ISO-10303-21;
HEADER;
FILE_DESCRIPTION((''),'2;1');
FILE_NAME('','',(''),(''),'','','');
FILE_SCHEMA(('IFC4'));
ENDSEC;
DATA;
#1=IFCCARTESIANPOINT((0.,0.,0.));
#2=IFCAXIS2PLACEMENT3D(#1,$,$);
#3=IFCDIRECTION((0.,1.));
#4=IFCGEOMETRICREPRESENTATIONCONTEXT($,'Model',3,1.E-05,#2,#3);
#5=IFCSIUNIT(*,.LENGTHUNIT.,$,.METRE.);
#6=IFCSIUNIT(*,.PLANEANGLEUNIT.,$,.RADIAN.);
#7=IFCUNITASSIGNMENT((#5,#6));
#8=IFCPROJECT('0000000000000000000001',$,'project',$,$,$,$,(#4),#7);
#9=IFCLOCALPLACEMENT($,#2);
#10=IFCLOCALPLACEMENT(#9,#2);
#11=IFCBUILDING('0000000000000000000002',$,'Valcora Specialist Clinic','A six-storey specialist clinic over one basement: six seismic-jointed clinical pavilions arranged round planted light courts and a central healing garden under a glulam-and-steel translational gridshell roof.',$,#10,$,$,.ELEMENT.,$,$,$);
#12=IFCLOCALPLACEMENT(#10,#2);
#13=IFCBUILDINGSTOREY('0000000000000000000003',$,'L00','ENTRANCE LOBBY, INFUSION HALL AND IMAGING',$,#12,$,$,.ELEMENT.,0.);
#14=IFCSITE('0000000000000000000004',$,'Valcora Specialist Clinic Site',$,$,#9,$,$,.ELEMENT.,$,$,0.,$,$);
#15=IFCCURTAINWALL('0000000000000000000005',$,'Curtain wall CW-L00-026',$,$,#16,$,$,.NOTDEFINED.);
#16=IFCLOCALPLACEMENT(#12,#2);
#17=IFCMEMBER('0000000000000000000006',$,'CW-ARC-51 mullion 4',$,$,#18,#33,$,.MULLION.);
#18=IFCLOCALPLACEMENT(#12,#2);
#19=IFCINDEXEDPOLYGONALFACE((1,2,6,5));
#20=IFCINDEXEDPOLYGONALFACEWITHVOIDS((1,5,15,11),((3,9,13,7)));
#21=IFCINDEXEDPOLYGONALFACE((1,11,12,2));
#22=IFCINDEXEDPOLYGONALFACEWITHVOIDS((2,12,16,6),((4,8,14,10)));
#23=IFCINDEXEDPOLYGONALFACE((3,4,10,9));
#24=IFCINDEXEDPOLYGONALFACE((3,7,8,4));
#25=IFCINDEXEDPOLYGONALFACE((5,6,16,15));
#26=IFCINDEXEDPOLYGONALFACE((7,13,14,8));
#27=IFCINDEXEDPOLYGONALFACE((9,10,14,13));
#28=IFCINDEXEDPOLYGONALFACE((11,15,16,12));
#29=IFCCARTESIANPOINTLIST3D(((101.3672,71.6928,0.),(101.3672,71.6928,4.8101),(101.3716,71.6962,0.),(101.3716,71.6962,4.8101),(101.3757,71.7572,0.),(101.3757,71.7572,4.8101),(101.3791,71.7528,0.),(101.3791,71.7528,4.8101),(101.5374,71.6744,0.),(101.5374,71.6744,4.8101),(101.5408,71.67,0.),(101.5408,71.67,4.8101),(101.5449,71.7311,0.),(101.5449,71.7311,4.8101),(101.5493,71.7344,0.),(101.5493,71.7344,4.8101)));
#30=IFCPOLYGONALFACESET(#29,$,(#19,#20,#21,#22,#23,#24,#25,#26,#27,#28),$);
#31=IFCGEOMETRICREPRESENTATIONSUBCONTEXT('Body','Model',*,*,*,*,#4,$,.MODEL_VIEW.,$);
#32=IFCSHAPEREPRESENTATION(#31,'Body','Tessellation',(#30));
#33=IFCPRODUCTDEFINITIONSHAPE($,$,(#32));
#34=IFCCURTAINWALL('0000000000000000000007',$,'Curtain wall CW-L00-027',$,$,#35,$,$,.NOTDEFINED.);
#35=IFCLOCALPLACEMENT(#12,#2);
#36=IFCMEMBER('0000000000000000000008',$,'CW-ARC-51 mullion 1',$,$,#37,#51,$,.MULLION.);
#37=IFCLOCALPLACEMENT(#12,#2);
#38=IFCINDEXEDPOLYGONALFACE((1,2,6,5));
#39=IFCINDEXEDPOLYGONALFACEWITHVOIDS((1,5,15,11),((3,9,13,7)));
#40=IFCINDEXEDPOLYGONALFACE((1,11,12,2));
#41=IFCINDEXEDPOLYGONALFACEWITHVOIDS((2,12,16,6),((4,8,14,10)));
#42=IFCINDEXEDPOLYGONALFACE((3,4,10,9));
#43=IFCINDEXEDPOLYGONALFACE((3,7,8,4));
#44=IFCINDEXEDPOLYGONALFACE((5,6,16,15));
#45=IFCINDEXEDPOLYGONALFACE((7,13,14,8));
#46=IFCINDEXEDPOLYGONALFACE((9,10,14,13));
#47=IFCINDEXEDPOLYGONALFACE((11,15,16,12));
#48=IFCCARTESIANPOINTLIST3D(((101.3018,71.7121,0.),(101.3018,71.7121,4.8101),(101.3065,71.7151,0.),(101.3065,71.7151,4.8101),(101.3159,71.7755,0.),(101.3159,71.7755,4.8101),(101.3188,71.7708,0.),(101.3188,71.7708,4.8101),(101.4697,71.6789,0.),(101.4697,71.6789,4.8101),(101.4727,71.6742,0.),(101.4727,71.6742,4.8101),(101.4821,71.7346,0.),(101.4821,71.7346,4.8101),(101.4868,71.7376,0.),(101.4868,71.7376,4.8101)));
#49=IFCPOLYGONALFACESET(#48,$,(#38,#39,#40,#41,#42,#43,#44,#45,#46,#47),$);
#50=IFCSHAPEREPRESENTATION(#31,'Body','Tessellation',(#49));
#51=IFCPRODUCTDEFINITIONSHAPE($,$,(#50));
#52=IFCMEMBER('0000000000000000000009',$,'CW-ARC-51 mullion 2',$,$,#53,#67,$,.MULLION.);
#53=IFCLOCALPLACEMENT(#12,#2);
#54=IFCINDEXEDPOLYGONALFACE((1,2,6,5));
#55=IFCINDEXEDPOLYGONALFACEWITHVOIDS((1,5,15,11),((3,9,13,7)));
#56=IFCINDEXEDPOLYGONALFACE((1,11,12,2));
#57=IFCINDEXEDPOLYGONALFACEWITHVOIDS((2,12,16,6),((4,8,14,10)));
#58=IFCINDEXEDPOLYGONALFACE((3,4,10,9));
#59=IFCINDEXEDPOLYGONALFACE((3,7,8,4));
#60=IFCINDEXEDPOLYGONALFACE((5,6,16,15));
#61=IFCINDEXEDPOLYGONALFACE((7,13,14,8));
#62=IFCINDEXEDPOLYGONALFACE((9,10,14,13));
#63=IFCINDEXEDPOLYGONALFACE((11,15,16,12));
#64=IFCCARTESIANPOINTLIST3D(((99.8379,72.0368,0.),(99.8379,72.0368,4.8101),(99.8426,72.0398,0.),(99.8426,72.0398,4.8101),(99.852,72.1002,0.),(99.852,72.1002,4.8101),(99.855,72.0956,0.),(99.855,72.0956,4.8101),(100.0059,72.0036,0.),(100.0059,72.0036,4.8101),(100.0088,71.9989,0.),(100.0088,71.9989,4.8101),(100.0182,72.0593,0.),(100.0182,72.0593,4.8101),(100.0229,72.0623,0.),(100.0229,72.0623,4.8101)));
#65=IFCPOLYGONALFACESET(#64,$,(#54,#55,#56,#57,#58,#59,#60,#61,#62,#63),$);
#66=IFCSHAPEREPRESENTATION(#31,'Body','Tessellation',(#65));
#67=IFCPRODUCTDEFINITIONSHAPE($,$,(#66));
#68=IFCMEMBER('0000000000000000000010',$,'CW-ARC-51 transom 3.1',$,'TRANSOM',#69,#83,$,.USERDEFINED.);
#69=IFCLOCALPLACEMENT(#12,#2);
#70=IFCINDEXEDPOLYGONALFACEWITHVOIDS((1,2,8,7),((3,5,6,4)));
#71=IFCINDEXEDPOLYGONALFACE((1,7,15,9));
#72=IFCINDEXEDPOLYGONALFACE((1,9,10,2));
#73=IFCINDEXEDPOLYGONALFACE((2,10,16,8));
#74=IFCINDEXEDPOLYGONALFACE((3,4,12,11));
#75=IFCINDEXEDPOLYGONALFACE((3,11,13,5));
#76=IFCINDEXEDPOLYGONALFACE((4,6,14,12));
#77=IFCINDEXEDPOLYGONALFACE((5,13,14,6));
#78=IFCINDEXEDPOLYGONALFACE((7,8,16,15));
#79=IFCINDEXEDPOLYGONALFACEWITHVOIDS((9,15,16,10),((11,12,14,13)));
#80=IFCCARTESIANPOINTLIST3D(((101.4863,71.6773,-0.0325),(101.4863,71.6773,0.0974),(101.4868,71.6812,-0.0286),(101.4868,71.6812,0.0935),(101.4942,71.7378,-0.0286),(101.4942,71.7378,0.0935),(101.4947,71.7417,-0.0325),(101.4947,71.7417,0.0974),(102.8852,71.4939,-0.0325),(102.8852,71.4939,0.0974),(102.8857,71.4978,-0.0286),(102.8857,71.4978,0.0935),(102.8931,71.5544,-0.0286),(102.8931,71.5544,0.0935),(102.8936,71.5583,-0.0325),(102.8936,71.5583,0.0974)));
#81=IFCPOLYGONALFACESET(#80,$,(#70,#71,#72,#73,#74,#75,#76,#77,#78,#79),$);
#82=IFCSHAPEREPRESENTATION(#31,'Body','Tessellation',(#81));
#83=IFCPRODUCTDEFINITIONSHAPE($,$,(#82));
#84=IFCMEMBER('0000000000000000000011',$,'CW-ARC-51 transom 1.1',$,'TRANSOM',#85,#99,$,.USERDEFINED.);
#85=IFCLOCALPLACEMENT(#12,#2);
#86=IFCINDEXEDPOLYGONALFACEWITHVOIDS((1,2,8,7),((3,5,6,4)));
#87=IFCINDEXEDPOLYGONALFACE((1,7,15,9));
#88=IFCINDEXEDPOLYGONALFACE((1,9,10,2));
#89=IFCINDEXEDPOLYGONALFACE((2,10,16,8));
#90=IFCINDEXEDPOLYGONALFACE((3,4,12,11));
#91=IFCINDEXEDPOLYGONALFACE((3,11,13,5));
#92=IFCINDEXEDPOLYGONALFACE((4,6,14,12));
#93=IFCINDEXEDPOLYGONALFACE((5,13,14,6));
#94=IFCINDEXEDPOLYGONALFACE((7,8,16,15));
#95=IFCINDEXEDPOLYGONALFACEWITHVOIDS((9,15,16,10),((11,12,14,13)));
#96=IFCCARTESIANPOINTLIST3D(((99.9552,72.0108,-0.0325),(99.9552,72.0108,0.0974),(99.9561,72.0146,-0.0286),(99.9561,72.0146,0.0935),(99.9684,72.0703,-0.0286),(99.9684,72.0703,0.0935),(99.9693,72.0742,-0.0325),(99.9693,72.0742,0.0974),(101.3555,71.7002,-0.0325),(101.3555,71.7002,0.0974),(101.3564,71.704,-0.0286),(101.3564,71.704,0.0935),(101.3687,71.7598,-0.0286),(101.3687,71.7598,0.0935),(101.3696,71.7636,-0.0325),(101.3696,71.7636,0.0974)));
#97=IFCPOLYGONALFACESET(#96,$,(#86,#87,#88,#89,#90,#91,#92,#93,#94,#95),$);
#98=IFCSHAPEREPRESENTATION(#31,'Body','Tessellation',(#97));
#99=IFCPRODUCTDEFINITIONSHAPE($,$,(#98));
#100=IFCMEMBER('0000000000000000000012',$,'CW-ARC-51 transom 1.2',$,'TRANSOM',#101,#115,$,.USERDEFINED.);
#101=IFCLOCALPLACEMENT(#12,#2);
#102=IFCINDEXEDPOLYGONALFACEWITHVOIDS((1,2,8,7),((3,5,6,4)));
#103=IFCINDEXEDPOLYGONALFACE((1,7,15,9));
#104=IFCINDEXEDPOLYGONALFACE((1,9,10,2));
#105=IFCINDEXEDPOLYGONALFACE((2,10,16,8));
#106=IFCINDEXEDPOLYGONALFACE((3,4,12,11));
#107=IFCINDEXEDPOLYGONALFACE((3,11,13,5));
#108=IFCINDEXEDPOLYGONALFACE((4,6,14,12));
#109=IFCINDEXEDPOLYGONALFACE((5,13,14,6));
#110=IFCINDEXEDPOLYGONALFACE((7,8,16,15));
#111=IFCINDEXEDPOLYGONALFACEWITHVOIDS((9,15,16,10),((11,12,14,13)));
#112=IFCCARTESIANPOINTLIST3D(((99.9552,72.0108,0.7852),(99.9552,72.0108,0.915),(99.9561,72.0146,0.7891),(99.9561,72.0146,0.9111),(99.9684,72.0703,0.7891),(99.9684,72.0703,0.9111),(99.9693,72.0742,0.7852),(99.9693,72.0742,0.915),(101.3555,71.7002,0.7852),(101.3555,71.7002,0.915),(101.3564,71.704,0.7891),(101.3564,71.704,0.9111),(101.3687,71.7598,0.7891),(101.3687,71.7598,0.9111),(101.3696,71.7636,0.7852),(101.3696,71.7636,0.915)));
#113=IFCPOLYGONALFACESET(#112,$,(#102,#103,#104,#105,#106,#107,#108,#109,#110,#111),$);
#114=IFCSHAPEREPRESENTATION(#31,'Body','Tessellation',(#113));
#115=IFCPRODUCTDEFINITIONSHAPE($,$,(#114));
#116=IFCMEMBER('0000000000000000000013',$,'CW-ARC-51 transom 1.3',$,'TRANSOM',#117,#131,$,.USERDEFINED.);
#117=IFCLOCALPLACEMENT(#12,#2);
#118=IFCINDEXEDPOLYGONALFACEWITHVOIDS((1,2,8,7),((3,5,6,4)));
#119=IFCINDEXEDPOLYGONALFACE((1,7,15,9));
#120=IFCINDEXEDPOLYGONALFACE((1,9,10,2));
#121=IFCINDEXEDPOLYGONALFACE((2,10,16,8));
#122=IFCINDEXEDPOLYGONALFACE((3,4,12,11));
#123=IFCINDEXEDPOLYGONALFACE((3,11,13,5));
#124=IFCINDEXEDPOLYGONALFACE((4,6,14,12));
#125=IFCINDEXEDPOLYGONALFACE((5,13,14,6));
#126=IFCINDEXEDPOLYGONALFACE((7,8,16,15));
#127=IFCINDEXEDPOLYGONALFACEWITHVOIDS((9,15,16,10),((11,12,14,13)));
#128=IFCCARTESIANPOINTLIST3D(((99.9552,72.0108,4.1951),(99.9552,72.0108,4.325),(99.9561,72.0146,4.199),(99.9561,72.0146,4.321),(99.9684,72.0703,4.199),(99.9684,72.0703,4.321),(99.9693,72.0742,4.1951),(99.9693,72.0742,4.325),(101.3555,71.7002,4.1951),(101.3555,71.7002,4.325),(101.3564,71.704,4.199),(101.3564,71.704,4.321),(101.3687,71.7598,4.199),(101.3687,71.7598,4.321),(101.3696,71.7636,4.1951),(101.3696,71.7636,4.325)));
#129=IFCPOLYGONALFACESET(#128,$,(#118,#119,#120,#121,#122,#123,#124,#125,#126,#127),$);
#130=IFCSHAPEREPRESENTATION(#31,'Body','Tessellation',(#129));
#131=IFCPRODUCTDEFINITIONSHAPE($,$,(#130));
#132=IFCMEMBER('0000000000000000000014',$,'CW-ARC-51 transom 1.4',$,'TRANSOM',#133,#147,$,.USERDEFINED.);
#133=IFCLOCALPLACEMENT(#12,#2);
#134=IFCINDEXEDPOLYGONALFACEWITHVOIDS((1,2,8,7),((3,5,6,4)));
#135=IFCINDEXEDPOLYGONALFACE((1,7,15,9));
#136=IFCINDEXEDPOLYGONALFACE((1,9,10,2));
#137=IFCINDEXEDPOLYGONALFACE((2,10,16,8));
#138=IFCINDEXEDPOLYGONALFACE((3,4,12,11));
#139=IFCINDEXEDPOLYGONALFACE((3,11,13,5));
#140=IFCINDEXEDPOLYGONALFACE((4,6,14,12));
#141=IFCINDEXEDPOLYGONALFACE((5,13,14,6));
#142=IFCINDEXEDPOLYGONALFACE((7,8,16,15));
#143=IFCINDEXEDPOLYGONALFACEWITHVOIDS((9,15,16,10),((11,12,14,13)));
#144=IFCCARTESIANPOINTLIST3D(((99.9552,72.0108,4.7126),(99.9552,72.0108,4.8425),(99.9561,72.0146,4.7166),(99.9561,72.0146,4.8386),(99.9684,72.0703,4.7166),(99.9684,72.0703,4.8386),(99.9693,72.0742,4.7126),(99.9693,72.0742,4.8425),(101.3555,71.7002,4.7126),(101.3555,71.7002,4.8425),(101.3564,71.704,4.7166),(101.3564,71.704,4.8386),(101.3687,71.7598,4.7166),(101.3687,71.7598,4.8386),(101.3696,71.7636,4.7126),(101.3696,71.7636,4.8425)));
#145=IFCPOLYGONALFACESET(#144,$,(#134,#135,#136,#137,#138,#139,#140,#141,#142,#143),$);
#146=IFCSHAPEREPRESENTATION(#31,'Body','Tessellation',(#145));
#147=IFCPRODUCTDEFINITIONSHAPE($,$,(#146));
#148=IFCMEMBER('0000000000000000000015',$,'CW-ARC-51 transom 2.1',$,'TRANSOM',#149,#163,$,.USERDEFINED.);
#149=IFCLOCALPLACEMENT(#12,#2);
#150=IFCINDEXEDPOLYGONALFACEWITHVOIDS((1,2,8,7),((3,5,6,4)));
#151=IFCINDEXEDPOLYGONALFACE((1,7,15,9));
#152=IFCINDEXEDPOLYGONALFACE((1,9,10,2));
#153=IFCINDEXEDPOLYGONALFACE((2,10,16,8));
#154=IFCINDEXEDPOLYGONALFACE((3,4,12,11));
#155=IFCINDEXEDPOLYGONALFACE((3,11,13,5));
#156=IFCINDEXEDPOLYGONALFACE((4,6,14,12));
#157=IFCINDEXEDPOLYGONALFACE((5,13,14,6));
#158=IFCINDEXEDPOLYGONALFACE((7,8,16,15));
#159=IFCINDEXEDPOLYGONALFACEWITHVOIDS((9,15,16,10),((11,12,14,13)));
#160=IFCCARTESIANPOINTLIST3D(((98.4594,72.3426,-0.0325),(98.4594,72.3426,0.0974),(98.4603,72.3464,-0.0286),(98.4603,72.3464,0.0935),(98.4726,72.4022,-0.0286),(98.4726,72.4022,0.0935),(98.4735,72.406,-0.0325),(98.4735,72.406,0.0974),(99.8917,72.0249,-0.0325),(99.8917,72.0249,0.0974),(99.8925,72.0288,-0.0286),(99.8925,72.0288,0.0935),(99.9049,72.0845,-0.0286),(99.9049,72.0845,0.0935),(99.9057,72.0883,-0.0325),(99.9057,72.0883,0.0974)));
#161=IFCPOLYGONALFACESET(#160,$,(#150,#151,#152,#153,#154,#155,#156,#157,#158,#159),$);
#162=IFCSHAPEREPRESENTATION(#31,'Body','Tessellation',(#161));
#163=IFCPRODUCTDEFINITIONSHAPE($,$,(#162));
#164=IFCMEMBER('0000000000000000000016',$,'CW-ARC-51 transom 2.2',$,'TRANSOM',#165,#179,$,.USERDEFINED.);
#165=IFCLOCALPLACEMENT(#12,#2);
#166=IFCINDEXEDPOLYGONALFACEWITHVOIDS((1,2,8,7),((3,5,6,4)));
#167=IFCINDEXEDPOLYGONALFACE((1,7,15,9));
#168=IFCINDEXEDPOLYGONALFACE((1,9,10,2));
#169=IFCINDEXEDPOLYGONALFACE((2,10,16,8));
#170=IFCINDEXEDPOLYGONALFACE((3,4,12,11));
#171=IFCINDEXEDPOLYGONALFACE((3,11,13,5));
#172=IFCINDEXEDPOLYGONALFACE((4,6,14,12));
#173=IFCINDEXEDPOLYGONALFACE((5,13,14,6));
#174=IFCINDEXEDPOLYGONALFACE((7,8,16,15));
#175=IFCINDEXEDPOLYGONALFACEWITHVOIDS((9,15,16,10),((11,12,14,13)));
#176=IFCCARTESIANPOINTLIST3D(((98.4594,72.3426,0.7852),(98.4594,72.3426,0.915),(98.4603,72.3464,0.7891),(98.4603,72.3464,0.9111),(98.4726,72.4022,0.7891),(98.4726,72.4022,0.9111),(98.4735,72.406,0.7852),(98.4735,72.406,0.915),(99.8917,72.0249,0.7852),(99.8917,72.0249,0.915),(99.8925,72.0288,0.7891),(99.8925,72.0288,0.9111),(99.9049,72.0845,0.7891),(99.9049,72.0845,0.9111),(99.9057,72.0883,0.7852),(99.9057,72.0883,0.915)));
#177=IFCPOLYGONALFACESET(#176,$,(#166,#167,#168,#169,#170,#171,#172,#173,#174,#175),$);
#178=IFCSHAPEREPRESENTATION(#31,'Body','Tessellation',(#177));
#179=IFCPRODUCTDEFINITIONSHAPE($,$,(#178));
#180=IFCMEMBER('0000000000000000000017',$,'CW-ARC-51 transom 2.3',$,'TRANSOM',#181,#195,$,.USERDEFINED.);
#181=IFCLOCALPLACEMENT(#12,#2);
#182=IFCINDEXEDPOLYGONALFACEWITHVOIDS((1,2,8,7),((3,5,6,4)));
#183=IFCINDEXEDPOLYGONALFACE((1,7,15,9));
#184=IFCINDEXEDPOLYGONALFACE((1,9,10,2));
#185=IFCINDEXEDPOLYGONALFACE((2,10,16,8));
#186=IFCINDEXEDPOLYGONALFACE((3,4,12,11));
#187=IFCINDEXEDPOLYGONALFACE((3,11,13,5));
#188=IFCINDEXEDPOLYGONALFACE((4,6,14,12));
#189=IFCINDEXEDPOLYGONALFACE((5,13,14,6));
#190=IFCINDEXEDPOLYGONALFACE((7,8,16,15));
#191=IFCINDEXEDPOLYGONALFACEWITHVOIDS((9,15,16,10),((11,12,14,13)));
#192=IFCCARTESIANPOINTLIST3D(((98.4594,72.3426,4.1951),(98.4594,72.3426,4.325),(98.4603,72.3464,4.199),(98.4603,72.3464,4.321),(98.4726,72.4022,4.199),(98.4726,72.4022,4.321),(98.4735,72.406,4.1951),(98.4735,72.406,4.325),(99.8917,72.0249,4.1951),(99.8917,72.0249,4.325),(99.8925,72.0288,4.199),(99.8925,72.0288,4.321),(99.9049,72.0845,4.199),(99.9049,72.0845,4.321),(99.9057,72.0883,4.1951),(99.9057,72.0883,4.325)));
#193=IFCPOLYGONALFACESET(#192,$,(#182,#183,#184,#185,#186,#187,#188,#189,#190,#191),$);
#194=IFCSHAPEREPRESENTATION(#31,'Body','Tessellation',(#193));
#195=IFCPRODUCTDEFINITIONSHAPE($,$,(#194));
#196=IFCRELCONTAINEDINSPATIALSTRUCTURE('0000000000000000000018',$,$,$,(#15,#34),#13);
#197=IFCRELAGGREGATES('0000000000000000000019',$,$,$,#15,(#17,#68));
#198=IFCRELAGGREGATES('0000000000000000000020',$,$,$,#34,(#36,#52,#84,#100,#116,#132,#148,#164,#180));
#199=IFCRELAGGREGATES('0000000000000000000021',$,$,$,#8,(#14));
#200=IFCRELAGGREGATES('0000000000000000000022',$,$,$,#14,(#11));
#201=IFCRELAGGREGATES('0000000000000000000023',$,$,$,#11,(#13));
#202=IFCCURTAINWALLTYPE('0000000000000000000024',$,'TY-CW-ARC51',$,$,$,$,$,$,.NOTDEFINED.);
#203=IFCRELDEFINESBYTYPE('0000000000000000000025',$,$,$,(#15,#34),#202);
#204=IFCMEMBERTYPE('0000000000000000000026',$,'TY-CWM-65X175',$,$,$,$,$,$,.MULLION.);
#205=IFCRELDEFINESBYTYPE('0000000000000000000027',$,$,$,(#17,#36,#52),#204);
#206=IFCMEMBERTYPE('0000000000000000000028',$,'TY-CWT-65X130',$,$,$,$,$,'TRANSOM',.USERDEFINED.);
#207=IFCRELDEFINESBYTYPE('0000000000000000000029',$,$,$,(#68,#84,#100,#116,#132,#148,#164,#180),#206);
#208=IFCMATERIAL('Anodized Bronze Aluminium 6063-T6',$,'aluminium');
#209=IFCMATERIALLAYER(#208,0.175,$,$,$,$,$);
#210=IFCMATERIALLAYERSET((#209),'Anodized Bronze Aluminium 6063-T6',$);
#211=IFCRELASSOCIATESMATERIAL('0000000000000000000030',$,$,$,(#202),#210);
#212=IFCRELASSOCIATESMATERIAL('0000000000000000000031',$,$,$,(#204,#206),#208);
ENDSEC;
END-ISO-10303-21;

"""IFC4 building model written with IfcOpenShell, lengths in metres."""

from ifc_helpers import new_model, si_unit, direction, frame, origin, origin_2d, place, context, subcontext, project, spatial, hollow_rectangle, extrude, material, layer, layer_set, material_profile, profile_set, type_object, element, aggregate, save


model = new_model("IFC4")

# Units and contexts
model_context = context("Model", 3, precision=1e-05, world=origin(), true_north=direction((0.0, 1.0)))
body_context = subcontext(model_context, "Body", "Model", "MODEL_VIEW")
ifc_project = project(units=[si_unit("LENGTHUNIT", "METRE"), si_unit("PLANEANGLEUNIT", "RADIAN")], contexts=[model_context])

# Site, building, storey
site_placement = place(None, origin())
site = spatial("IfcSite", under=ifc_project, at=site_placement, Name="Valcora Specialist Clinic Site", CompositionType="ELEMENT", RefElevation=0.0)
building_placement = place(site_placement, origin())
building = spatial("IfcBuilding", under=site, at=building_placement, Name="Valcora Specialist Clinic", Description="A six-storey specialist clinic over one basement: six seismic-jointed clinical pavilions arranged round planted light courts and a central healing garden under a glulam-and-steel translational gridshell roof.", CompositionType="ELEMENT")
storey_placement = place(building_placement, origin())
storey = spatial("IfcBuildingStorey", under=building, at=storey_placement, Name="L00", Description="ENTRANCE LOBBY, INFUSION HALL AND IMAGING", CompositionType="ELEMENT", Elevation=0.0)

# Curtain wall, member
ifc_material_1 = material(Name="Anodized Bronze Aluminium 6063-T6", Category="aluminium")
ifc_layer_1 = layer(ifc_material_1, 0.175)
ifc_layer_set_1 = layer_set([ifc_layer_1], Name="Anodized Bronze Aluminium 6063-T6")
curtain_wall_type = type_object("IfcCurtainWallType", Name="TY-CW-ARC51", PredefinedType="NOTDEFINED", material=ifc_layer_set_1)
curtain_wall_1_placement = place(storey_placement, origin())
curtain_wall_1 = element("IfcCurtainWall", 1, at=curtain_wall_1_placement, inside=storey, type_object=curtain_wall_type, Name="Curtain wall CW-L00-026", PredefinedType="NOTDEFINED")
ifc_material_profile_1 = material_profile(ifc_material_1, hollow_rectangle(XDim=0.0649, YDim=0.175, WallThickness=0.0039, at=origin_2d()), Name="AL-MUL-65X175")
ifc_profile_set_1 = profile_set([ifc_material_profile_1], Name="Anodized Bronze Aluminium 6063-T6")
member_type_1 = type_object("IfcMemberType", Name="TY-CWM-65X175", PredefinedType="MULLION", material=ifc_profile_set_1)
member_1_placement = place(storey_placement, frame((101.4583, 71.7136, 0.0), z_axis=(0.0, 0.0, 1.0), x_axis=(-0.129999, -0.991514, 0.0)))
member_1 = element("IfcMember", 2, at=member_1_placement, type_object=member_type_1, Name="CW-ARC-51 mullion 4", PredefinedType="MULLION", context=body_context, shape_type="SweptSolid", body=[
    extrude(hollow_rectangle(XDim=0.0649, YDim=0.175, WallThickness=0.0039, at=origin_2d()), origin(), (0.0, 0.0, 1.0), 4.8101),
])

# Curtain wall, members
curtain_wall_2_placement = place(storey_placement, origin())
curtain_wall_2 = element("IfcCurtainWall", 3, at=curtain_wall_2_placement, inside=storey, type_object=curtain_wall_type, Name="Curtain wall CW-L00-027", PredefinedType="NOTDEFINED")
member_2_placement = place(storey_placement, frame((101.3943, 71.7249, 0.0), z_axis=(0.0, 0.0, 1.0), x_axis=(-0.216518, -0.976279, 0.0)))
member_2 = element("IfcMember", 4, at=member_2_placement, type_object=member_type_1, Name="CW-ARC-51 mullion 1", PredefinedType="MULLION", context=body_context, shape_type="SweptSolid", body=[
    extrude(hollow_rectangle(XDim=0.0649, YDim=0.175, WallThickness=0.0039, at=origin_2d()), origin(), (0.0, 0.0, 1.0), 4.8101),
])
member_3_placement = place(storey_placement, frame((99.9304, 72.0496, 0.0), z_axis=(0.0, 0.0, 1.0), x_axis=(-0.216518, -0.976279, 0.0)))
member_3 = element("IfcMember", 5, at=member_3_placement, type_object=member_type_1, Name="CW-ARC-51 mullion 2", PredefinedType="MULLION", context=body_context, shape_type="SweptSolid", body=[
    extrude(hollow_rectangle(XDim=0.0649, YDim=0.175, WallThickness=0.0039, at=origin_2d()), origin(), (0.0, 0.0, 1.0), 4.8101),
])

# Members
ifc_material_profile_2 = material_profile(ifc_material_1, hollow_rectangle(XDim=0.0649, YDim=0.1299, WallThickness=0.0039, at=origin_2d()), Name="AL-TRN-65X130")
ifc_profile_set_2 = profile_set([ifc_material_profile_2], Name="Anodized Bronze Aluminium 6063-T6")
member_type_2 = type_object("IfcMemberType", Name="TY-CWT-65X130", ElementType="TRANSOM", PredefinedType="USERDEFINED", material=ifc_profile_set_2)
member_4_placement = place(storey_placement, frame((102.8894, 71.5261, 0.0325), z_axis=(-0.99152, 0.129953, 0.0), x_axis=(-0.129953, -0.99152, 0.0)))
member_4 = element("IfcMember", 6, at=member_4_placement, type_object=member_type_2, Name="CW-ARC-51 transom 3.1", ObjectType="TRANSOM", PredefinedType="USERDEFINED", context=body_context, shape_type="SweptSolid", body=[
    extrude(hollow_rectangle(XDim=0.0649, YDim=0.1299, WallThickness=0.0039, at=origin_2d()), origin(), (0.0, 0.0, 1.0), 1.4109),
])
member_5_placement = place(storey_placement, frame((101.3625, 71.7319, 0.0325), z_axis=(-0.976283, 0.216498, 0.0), x_axis=(-0.216498, -0.976283, 0.0)))
member_5 = element("IfcMember", 7, at=member_5_placement, type_object=member_type_2, Name="CW-ARC-51 transom 1.1", ObjectType="TRANSOM", PredefinedType="USERDEFINED", context=body_context, shape_type="SweptSolid", body=[
    extrude(hollow_rectangle(XDim=0.0649, YDim=0.1299, WallThickness=0.0039, at=origin_2d()), origin(), (0.0, 0.0, 1.0), 1.4343),
])
member_6_placement = place(storey_placement, frame((101.3625, 71.7319, 0.8501), z_axis=(-0.976283, 0.216498, 0.0), x_axis=(-0.216498, -0.976283, 0.0)))
member_6 = element("IfcMember", 8, at=member_6_placement, type_object=member_type_2, Name="CW-ARC-51 transom 1.2", ObjectType="TRANSOM", PredefinedType="USERDEFINED", context=body_context, shape_type="SweptSolid", body=[
    extrude(hollow_rectangle(XDim=0.0649, YDim=0.1299, WallThickness=0.0039, at=origin_2d()), origin(), (0.0, 0.0, 1.0), 1.4343),
])
member_7_placement = place(storey_placement, frame((101.3625, 71.7319, 4.26), z_axis=(-0.976283, 0.216498, 0.0), x_axis=(-0.216498, -0.976283, 0.0)))
member_7 = element("IfcMember", 9, at=member_7_placement, type_object=member_type_2, Name="CW-ARC-51 transom 1.3", ObjectType="TRANSOM", PredefinedType="USERDEFINED", context=body_context, shape_type="SweptSolid", body=[
    extrude(hollow_rectangle(XDim=0.0649, YDim=0.1299, WallThickness=0.0039, at=origin_2d()), origin(), (0.0, 0.0, 1.0), 1.4343),
])
member_8_placement = place(storey_placement, frame((101.3625, 71.7319, 4.7776), z_axis=(-0.976283, 0.216498, 0.0), x_axis=(-0.216498, -0.976283, 0.0)))
member_8 = element("IfcMember", 10, at=member_8_placement, type_object=member_type_2, Name="CW-ARC-51 transom 1.4", ObjectType="TRANSOM", PredefinedType="USERDEFINED", context=body_context, shape_type="SweptSolid", body=[
    extrude(hollow_rectangle(XDim=0.0649, YDim=0.1299, WallThickness=0.0039, at=origin_2d()), origin(), (0.0, 0.0, 1.0), 1.4343),
])
member_9_placement = place(storey_placement, frame((99.8987, 72.0566, 0.0325), z_axis=(-0.976277, 0.216525, 0.0), x_axis=(-0.216525, -0.976277, 0.0)))
member_9 = element("IfcMember", 11, at=member_9_placement, type_object=member_type_2, Name="CW-ARC-51 transom 2.1", ObjectType="TRANSOM", PredefinedType="USERDEFINED", context=body_context, shape_type="SweptSolid", body=[
    extrude(hollow_rectangle(XDim=0.0649, YDim=0.1299, WallThickness=0.0039, at=origin_2d()), origin(), (0.0, 0.0, 1.0), 1.467),
])
member_10_placement = place(storey_placement, frame((99.8987, 72.0566, 0.8501), z_axis=(-0.976277, 0.216525, 0.0), x_axis=(-0.216525, -0.976277, 0.0)))
member_10 = element("IfcMember", 12, at=member_10_placement, type_object=member_type_2, Name="CW-ARC-51 transom 2.2", ObjectType="TRANSOM", PredefinedType="USERDEFINED", context=body_context, shape_type="SweptSolid", body=[
    extrude(hollow_rectangle(XDim=0.0649, YDim=0.1299, WallThickness=0.0039, at=origin_2d()), origin(), (0.0, 0.0, 1.0), 1.467),
])
member_11_placement = place(storey_placement, frame((99.8987, 72.0566, 4.26), z_axis=(-0.976277, 0.216525, 0.0), x_axis=(-0.216525, -0.976277, 0.0)))
member_11 = element("IfcMember", 13, at=member_11_placement, type_object=member_type_2, Name="CW-ARC-51 transom 2.3", ObjectType="TRANSOM", PredefinedType="USERDEFINED", context=body_context, shape_type="SweptSolid", body=[
    extrude(hollow_rectangle(XDim=0.0649, YDim=0.1299, WallThickness=0.0039, at=origin_2d()), origin(), (0.0, 0.0, 1.0), 1.467),
])

aggregate(curtain_wall_1, [member_1, member_4])
aggregate(curtain_wall_2, [member_2, member_3, member_5, member_6, member_7, member_8, member_9, member_10, member_11])

save(model, "model.ifc")
